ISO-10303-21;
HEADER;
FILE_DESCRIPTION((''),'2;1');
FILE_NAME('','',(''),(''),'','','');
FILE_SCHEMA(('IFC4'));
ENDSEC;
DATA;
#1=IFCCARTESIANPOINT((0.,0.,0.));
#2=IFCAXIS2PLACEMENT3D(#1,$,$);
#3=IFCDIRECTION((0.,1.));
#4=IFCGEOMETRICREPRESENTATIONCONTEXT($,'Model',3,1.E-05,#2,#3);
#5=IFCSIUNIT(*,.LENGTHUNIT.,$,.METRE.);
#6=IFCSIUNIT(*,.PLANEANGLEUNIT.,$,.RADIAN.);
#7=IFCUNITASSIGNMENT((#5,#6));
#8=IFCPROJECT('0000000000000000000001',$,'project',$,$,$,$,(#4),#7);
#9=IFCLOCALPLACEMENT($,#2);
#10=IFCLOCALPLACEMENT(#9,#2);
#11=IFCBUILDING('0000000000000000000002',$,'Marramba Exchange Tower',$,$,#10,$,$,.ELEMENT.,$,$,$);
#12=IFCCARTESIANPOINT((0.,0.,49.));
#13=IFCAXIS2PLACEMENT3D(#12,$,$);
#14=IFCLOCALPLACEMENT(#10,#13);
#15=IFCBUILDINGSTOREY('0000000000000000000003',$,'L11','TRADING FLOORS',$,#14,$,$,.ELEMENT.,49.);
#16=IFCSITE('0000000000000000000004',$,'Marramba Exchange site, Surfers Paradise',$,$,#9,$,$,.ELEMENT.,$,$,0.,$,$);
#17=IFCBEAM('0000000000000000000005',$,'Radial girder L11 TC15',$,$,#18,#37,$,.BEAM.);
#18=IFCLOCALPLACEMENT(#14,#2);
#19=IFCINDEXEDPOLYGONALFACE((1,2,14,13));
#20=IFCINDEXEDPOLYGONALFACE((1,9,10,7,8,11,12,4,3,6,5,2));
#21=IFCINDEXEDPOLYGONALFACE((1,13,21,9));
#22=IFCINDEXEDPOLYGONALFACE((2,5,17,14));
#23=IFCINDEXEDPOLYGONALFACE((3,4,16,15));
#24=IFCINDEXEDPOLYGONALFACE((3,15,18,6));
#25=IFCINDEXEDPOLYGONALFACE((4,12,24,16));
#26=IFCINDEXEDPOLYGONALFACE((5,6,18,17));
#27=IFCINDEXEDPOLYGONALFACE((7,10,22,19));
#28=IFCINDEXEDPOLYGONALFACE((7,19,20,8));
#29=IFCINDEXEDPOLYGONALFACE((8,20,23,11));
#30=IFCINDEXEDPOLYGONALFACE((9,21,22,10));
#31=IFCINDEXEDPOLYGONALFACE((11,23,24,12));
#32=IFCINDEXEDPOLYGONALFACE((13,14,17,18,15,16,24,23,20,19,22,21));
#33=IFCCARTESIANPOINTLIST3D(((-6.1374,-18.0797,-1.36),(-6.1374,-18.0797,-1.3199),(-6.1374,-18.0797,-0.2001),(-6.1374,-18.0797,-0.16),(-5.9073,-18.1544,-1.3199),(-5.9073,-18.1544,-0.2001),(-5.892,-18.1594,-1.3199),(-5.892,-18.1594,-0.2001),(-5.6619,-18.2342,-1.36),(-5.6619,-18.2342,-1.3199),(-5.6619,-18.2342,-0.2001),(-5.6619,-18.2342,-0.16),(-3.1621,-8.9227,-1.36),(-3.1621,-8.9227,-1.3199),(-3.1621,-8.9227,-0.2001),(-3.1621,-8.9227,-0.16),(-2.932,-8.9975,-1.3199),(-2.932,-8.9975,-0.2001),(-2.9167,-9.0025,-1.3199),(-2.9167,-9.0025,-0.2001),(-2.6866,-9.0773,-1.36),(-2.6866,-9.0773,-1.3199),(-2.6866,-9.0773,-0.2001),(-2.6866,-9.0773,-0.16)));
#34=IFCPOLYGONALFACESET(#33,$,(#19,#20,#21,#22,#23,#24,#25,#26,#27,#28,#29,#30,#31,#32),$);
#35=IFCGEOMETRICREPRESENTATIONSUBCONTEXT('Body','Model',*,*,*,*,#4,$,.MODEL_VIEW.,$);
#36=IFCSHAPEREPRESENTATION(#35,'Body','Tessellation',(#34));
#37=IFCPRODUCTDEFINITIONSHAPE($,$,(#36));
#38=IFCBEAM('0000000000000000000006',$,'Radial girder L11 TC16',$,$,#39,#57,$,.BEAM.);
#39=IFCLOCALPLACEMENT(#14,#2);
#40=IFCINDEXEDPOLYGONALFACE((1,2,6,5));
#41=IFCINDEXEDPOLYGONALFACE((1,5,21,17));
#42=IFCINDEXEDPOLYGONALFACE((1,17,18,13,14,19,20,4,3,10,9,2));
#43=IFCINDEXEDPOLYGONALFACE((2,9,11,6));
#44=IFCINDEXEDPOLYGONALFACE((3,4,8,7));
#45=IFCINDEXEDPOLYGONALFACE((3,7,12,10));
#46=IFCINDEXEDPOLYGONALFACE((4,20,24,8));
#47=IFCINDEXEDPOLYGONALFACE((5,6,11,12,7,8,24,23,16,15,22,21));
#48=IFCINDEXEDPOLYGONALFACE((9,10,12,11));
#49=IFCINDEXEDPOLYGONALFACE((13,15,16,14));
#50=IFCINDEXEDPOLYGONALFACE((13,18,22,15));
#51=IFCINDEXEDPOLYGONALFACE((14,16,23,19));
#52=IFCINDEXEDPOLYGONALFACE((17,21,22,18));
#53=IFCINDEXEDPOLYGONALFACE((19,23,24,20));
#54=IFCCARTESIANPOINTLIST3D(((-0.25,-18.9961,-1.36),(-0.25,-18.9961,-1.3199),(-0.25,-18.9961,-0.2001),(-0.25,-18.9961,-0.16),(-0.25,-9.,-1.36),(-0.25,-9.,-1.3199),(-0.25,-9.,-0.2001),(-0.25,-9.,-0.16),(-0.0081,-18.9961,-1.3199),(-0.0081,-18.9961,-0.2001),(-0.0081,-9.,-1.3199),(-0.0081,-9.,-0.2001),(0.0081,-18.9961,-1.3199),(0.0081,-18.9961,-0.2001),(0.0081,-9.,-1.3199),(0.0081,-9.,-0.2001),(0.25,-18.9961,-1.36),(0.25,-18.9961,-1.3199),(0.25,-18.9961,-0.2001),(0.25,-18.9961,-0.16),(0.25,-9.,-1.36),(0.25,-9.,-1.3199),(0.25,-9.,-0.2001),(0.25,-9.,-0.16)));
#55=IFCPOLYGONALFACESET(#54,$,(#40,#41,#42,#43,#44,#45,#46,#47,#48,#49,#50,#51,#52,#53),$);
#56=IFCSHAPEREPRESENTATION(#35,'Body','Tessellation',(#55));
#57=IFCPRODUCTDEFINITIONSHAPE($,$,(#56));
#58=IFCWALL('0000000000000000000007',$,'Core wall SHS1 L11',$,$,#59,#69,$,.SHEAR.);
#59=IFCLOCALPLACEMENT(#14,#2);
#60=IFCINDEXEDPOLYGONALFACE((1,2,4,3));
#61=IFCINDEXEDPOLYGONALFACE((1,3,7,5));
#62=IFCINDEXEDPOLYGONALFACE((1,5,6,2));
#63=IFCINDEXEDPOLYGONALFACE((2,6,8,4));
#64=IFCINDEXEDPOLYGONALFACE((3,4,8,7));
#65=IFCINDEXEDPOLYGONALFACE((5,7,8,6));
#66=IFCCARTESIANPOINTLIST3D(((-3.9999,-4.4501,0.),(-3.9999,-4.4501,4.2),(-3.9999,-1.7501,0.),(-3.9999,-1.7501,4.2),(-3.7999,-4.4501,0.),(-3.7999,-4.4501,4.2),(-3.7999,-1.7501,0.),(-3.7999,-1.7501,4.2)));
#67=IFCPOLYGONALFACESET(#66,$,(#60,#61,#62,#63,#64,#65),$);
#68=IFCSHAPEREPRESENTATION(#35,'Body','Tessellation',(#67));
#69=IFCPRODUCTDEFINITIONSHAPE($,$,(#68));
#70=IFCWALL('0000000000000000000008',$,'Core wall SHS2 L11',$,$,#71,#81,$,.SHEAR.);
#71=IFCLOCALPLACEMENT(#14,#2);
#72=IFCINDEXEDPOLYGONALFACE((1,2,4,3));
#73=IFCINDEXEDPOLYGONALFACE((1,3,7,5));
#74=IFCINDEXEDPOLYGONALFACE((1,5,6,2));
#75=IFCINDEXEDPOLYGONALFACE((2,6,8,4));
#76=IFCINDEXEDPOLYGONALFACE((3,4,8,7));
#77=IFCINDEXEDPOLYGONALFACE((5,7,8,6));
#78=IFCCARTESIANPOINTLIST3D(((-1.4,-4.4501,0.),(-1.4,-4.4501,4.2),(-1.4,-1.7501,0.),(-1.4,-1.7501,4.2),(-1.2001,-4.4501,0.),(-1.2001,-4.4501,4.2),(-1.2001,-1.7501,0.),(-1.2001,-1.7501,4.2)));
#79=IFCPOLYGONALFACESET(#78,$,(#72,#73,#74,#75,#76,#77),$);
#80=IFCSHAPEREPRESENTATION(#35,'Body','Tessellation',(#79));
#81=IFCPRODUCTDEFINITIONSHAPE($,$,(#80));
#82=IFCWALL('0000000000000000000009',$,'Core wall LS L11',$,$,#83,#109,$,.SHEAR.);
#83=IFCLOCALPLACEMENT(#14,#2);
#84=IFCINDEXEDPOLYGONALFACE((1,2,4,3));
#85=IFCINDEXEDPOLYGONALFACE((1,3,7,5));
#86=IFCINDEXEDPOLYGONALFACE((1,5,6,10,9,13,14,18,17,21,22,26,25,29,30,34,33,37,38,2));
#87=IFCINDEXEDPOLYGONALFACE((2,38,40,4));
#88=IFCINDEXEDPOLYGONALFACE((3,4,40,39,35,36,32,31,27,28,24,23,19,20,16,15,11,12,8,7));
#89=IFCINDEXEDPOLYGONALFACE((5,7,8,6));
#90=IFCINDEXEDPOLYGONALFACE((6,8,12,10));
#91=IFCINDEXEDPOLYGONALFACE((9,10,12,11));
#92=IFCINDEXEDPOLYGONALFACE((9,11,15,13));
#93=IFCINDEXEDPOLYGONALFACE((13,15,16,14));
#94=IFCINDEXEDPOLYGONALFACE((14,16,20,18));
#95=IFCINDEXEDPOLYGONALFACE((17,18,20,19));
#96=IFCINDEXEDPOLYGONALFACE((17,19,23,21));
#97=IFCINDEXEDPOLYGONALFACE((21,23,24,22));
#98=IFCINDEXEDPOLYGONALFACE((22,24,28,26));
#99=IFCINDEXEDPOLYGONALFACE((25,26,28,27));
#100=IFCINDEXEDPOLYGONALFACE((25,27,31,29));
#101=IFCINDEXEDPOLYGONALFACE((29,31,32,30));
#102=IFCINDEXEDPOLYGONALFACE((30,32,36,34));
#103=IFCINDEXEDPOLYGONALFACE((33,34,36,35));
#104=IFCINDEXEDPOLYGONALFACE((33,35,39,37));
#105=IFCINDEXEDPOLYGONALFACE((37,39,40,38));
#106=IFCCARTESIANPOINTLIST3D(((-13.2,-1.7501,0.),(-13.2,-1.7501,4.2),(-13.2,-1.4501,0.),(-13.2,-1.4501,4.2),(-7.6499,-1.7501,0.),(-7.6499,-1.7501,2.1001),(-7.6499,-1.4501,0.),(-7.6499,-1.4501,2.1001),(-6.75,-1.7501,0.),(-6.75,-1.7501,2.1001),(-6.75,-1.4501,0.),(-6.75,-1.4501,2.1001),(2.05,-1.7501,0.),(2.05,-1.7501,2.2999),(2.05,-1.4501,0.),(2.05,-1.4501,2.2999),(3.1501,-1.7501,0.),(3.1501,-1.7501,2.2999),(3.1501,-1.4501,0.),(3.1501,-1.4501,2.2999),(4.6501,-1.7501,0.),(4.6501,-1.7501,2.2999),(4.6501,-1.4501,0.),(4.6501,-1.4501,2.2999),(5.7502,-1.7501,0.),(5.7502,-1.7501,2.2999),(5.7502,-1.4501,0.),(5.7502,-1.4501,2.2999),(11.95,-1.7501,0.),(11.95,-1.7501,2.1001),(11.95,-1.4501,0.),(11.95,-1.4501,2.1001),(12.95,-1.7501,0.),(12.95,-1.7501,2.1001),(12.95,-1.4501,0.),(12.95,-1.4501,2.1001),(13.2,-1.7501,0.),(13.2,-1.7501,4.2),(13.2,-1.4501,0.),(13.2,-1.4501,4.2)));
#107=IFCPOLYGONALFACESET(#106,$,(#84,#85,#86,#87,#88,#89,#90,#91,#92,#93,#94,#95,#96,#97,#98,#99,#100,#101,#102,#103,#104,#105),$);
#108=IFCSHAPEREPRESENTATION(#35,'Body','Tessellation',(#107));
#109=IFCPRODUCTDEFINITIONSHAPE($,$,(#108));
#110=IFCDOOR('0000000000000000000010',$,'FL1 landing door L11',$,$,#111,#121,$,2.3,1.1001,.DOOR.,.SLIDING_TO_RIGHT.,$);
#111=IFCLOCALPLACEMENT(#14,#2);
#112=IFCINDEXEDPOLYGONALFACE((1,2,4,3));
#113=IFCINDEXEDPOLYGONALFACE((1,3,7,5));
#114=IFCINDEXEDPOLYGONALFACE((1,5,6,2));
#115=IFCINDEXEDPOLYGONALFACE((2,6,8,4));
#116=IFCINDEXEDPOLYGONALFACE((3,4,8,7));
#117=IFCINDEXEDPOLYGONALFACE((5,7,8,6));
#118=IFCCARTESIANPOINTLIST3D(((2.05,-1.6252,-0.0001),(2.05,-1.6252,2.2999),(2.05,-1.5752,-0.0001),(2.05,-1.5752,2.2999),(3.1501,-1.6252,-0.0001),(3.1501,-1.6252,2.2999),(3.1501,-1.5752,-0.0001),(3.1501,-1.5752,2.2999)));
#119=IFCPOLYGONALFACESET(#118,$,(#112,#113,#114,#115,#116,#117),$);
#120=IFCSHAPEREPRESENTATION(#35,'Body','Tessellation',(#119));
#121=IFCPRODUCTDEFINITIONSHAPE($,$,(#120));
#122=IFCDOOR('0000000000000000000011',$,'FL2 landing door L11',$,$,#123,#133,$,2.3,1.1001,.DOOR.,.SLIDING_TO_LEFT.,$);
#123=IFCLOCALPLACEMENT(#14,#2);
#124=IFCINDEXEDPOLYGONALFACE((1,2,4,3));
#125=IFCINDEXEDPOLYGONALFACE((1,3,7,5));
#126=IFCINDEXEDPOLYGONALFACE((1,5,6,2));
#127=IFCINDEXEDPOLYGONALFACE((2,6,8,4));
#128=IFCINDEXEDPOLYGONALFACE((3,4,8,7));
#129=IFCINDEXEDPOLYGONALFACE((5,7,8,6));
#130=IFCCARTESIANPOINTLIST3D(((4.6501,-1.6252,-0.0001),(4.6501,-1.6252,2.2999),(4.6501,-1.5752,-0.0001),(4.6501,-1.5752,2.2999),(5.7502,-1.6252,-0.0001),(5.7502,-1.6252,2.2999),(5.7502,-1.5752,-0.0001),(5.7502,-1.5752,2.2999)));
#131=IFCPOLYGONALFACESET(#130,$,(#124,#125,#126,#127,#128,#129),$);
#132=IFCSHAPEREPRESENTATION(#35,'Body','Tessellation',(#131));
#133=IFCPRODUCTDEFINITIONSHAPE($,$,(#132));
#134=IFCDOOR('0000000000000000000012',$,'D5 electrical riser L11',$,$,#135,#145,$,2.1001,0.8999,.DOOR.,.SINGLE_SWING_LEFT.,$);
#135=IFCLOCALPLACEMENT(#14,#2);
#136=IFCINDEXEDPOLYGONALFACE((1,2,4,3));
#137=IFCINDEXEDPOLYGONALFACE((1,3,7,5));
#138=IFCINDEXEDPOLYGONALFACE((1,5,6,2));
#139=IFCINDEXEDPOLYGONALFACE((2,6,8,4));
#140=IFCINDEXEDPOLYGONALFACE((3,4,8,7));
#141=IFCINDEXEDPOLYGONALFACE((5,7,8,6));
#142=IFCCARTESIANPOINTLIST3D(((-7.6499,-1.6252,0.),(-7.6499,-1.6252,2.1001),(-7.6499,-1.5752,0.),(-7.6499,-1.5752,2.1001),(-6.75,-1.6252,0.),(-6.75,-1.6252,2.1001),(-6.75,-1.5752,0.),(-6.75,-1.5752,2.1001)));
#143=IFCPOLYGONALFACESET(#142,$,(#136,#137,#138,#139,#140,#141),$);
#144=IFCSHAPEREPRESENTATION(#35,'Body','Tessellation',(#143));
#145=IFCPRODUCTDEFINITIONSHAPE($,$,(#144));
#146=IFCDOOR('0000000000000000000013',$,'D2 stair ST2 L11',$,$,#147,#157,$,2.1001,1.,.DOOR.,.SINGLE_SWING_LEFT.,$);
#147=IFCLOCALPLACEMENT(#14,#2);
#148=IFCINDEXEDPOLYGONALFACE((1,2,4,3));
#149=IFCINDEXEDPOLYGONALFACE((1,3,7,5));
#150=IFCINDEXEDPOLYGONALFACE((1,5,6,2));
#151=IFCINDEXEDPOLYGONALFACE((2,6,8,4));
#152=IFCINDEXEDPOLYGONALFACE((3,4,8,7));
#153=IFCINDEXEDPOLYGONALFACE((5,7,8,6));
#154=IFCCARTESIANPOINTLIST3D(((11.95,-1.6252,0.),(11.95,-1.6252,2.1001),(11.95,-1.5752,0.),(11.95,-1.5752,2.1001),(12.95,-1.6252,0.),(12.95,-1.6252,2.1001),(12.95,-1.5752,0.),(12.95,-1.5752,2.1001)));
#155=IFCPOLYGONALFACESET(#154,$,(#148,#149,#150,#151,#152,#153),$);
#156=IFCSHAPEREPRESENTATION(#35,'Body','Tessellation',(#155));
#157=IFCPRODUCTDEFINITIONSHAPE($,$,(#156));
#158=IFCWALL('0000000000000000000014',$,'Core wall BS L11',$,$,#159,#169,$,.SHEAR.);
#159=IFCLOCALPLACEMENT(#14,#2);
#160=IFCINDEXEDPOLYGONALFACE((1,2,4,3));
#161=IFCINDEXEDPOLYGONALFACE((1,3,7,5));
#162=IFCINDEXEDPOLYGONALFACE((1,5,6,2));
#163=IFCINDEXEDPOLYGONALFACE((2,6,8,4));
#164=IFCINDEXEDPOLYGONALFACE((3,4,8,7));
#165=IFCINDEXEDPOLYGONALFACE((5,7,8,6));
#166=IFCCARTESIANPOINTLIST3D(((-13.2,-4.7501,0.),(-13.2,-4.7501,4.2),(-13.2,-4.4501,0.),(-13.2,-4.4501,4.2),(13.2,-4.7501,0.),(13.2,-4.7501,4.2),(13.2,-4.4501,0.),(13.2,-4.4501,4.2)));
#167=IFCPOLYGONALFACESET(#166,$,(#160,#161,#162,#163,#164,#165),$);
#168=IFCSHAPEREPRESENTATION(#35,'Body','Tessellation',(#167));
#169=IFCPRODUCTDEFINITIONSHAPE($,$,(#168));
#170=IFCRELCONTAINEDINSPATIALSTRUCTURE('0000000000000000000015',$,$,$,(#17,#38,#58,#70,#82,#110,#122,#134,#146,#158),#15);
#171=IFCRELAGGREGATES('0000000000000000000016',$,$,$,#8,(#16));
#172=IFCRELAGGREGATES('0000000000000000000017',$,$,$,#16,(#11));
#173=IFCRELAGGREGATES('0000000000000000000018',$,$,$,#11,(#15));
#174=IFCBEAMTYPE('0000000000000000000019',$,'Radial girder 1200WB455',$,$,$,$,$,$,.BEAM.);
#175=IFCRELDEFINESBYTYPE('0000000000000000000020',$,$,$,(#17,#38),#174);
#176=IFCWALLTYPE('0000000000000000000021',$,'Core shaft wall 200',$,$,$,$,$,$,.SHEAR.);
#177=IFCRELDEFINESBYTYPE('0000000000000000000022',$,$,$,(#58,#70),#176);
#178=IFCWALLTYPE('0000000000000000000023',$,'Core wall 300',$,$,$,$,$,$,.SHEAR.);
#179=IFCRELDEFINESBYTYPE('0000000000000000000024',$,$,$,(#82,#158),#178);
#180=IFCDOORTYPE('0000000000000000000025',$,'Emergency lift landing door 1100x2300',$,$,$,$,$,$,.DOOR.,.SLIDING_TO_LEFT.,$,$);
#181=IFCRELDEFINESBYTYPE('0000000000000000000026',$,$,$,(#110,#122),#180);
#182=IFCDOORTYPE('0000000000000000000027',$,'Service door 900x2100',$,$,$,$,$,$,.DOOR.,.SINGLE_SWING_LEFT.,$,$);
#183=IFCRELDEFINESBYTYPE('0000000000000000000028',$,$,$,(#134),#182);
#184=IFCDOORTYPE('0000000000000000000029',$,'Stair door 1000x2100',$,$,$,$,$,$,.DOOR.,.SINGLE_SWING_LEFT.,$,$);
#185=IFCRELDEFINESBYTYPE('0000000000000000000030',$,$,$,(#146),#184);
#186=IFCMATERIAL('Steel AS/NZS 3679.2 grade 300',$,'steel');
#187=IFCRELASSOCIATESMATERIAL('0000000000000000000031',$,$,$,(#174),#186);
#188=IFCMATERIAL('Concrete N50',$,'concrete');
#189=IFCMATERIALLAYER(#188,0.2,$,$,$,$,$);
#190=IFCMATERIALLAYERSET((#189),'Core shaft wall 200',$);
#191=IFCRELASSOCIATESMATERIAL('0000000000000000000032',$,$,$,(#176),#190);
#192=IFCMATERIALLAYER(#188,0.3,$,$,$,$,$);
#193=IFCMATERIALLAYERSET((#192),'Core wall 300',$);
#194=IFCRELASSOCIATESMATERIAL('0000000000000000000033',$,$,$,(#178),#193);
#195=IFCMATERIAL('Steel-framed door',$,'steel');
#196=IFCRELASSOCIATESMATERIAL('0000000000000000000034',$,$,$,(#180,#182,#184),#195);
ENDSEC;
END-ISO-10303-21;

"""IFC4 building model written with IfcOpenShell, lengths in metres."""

from ifc_helpers import new_model, si_unit, direction, frame, frame_2d, origin, origin_2d, place, context, subcontext, project, spatial, rectangle, i_section, extrude, material, layer, layer_set, material_profile, profile_set, type_object, element, fill, save


model = new_model("IFC4")

# Units and contexts
model_context = context("Model", 3, precision=1e-05, world=origin(), true_north=direction((0.0, 1.0)))
body_context = subcontext(model_context, "Body", "Model", "MODEL_VIEW")
ifc_project = project(units=[si_unit("LENGTHUNIT", "METRE"), si_unit("PLANEANGLEUNIT", "RADIAN")], contexts=[model_context])

# Site, building, storey
site_placement = place(None, origin())
site = spatial("IfcSite", under=ifc_project, at=site_placement, Name="Marramba Exchange site, Surfers Paradise", CompositionType="ELEMENT", RefElevation=0.0)
building_placement = place(site_placement, origin())
building = spatial("IfcBuilding", under=site, at=building_placement, Name="Marramba Exchange Tower", CompositionType="ELEMENT")
storey_placement = place(building_placement, frame((0.0, 0.0, 49.0)))
storey = spatial("IfcBuildingStorey", under=building, at=storey_placement, Name="L11", Description="TRADING FLOORS", CompositionType="ELEMENT", Elevation=49.0)

# Beams
ifc_material_1 = material(Name="Steel AS/NZS 3679.2 grade 300", Category="steel")
ifc_material_profile = material_profile(ifc_material_1, i_section(OverallWidth=0.5, OverallDepth=1.2, WebThickness=0.0161, FlangeThickness=0.04, at=origin_2d()), Name="1200WB455")
ifc_profile_set = profile_set([ifc_material_profile], Name="Steel AS/NZS 3679.2 grade 300")
beam_type = type_object("IfcBeamType", Name="Radial girder 1200WB455", PredefinedType="BEAM", material=ifc_profile_set)
beam_1_placement = place(storey_placement, frame((-2.9243, -9.0, -0.76), z_axis=(-0.309022, -0.951055, 0.0), x_axis=(0.951055, -0.309022, 0.0)))
element("IfcBeam", 1, at=beam_1_placement, inside=storey, type_object=beam_type, Name="Radial girder L11 TC15", PredefinedType="BEAM", context=body_context, shape_type="SweptSolid", body=[
    extrude(i_section(OverallWidth=0.5, OverallDepth=1.2, WebThickness=0.0161, FlangeThickness=0.04, at=origin_2d()), origin(), (0.0, 0.0, 1.0), 9.6282),
])
beam_2_placement = place(storey_placement, frame((0.0, -9.0, -0.76), z_axis=(0.0, -1.0, 0.0), x_axis=(1.0, 0.0, 0.0)))
element("IfcBeam", 2, at=beam_2_placement, inside=storey, type_object=beam_type, Name="Radial girder L11 TC16", PredefinedType="BEAM", context=body_context, shape_type="SweptSolid", body=[
    extrude(i_section(OverallWidth=0.5, OverallDepth=1.2, WebThickness=0.0161, FlangeThickness=0.04, at=origin_2d()), origin(), (0.0, 0.0, 1.0), 9.9961),
])

# Walls
ifc_material_2 = material(Name="Concrete N50", Category="concrete")
ifc_layer_1 = layer(ifc_material_2, 0.2)
ifc_layer_set_1 = layer_set([ifc_layer_1], Name="Core shaft wall 200")
wall_type_1 = type_object("IfcWallType", Name="Core shaft wall 200", PredefinedType="SHEAR", material=ifc_layer_set_1)
for number, where, z_axis, x_axis, name in (
    (3, (-3.8999, -1.75, 0.0), (0.0, 0.0, 1.0), (0.0, -1.0, 0.0), "Core wall SHS1 L11"),
    (4, (-1.3, -1.75, 0.0), (0.0, 0.0, 1.0), (0.0, -1.0, 0.0), "Core wall SHS2 L11"),
):
    element("IfcWall", number, at=place(storey_placement, frame(where, z_axis=z_axis, x_axis=x_axis)), inside=storey, type_object=wall_type_1, Name=name, PredefinedType="SHEAR", context=body_context, shape_type="SweptSolid", body=[
        extrude(rectangle(XDim=2.7, YDim=0.2, at=frame_2d((1.3501, 0.0))), origin(), (0.0, 0.0, 1.0), 4.2),
    ])

# Wall, openings, doors
ifc_layer_2 = layer(ifc_material_2, 0.3)
ifc_layer_set_2 = layer_set([ifc_layer_2], Name="Core wall 300")
wall_type_2 = type_object("IfcWallType", Name="Core wall 300", PredefinedType="SHEAR", material=ifc_layer_set_2)
wall_1_placement = place(storey_placement, frame((-13.2, -1.6001, 0.0), z_axis=(0.0, 0.0, 1.0), x_axis=(1.0, 0.0, 0.0)))
wall_1 = element("IfcWall", 5, at=wall_1_placement, inside=storey, type_object=wall_type_2, Name="Core wall LS L11", PredefinedType="SHEAR", context=body_context, shape_type="SweptSolid", body=[
    extrude(rectangle(XDim=26.3999, YDim=0.3, at=frame_2d((13.2, 0.0))), origin(), (0.0, 0.0, 1.0), 4.2),
])
opening_1_placement = place(wall_1_placement, frame((25.1499, 0.0, 0.0)))
opening_1 = element("IfcOpeningElement", 6, at=opening_1_placement, cuts=wall_1, PredefinedType="OPENING", context=body_context, shape_type="SweptSolid", body=[
    extrude(rectangle(XDim=1.0, YDim=2.1001, at=frame_2d((0.5, 1.05))), frame((0.0, 0.1599, 0.0), z_axis=(0.0, -1.0, 0.0), x_axis=(1.0, 0.0, 0.0)), (0.0, 0.0, 1.0), 0.3201),
])
opening_2_placement = place(wall_1_placement, frame((15.25, 0.0, 0.0)))
opening_2 = element("IfcOpeningElement", 7, at=opening_2_placement, cuts=wall_1, PredefinedType="OPENING", context=body_context, shape_type="SweptSolid", body=[
    extrude(rectangle(XDim=1.1001, YDim=2.3, at=frame_2d((0.55, 1.1499))), frame((0.0, 0.1599, 0.0), z_axis=(0.0, -1.0, 0.0), x_axis=(1.0, 0.0, 0.0)), (0.0, 0.0, 1.0), 0.3201),
])
opening_3_placement = place(wall_1_placement, frame((17.8501, 0.0, 0.0)))
opening_3 = element("IfcOpeningElement", 8, at=opening_3_placement, cuts=wall_1, PredefinedType="OPENING", context=body_context, shape_type="SweptSolid", body=[
    extrude(rectangle(XDim=1.1001, YDim=2.3, at=frame_2d((0.55, 1.1499))), frame((0.0, 0.1599, 0.0), z_axis=(0.0, -1.0, 0.0), x_axis=(1.0, 0.0, 0.0)), (0.0, 0.0, 1.0), 0.3201),
])
opening_4_placement = place(wall_1_placement, frame((5.55, 0.0, 0.0)))
opening_4 = element("IfcOpeningElement", 9, at=opening_4_placement, cuts=wall_1, PredefinedType="OPENING", context=body_context, shape_type="SweptSolid", body=[
    extrude(rectangle(XDim=0.8999, YDim=2.1001, at=frame_2d((0.45, 1.05))), frame((0.0, 0.1599, 0.0), z_axis=(0.0, -1.0, 0.0), x_axis=(1.0, 0.0, 0.0)), (0.0, 0.0, 1.0), 0.3201),
])
ifc_material_3 = material(Name="Steel-framed door", Category="steel")
door_type_1 = type_object("IfcDoorType", Name="Emergency lift landing door 1100x2300", OperationType="SLIDING_TO_LEFT", PredefinedType="DOOR", material=ifc_material_3)
door_1_placement = place(opening_2_placement, frame((1.1001, 0.0, 0.0), z_axis=(0.0, 0.0, 1.0), x_axis=(-1.0, 0.0, 0.0)))
door_1 = element("IfcDoor", 10, at=door_1_placement, inside=storey, type_object=door_type_1, Name="FL1 landing door L11", OperationType="SLIDING_TO_RIGHT", OverallHeight=2.3, OverallWidth=1.1001, PredefinedType="DOOR", context=body_context, shape_type="SweptSolid", body=[
    extrude(rectangle(XDim=1.1001, YDim=2.3, at=frame_2d((0.55, 1.1499))), frame((0.0, 0.0251, 0.0), z_axis=(0.0, -1.0, 0.0), x_axis=(1.0, 0.0, 0.0)), (0.0, 0.0, 1.0), 0.05),
])
fill(opening_2, door_1)
door_2_placement = place(opening_3_placement, frame((1.1001, 0.0, 0.0), z_axis=(0.0, 0.0, 1.0), x_axis=(-1.0, 0.0, 0.0)))
door_2 = element("IfcDoor", 11, at=door_2_placement, inside=storey, type_object=door_type_1, Name="FL2 landing door L11", OperationType="SLIDING_TO_LEFT", OverallHeight=2.3, OverallWidth=1.1001, PredefinedType="DOOR", context=body_context, shape_type="SweptSolid", body=[
    extrude(rectangle(XDim=1.1001, YDim=2.3, at=frame_2d((0.55, 1.1499))), frame((0.0, 0.0251, 0.0), z_axis=(0.0, -1.0, 0.0), x_axis=(1.0, 0.0, 0.0)), (0.0, 0.0, 1.0), 0.05),
])
fill(opening_3, door_2)
door_type_2 = type_object("IfcDoorType", Name="Service door 900x2100", OperationType="SINGLE_SWING_LEFT", PredefinedType="DOOR", material=ifc_material_3)
door_3_placement = place(opening_4_placement, frame((0.8999, 0.0, 0.0), z_axis=(0.0, 0.0, 1.0), x_axis=(-1.0, 0.0, 0.0)))
door_3 = element("IfcDoor", 12, at=door_3_placement, inside=storey, type_object=door_type_2, Name="D5 electrical riser L11", OperationType="SINGLE_SWING_LEFT", OverallHeight=2.1001, OverallWidth=0.8999, PredefinedType="DOOR", context=body_context, shape_type="SweptSolid", body=[
    extrude(rectangle(XDim=0.8999, YDim=2.1001, at=frame_2d((0.45, 1.05))), frame((0.0, 0.0251, 0.0), z_axis=(0.0, -1.0, 0.0), x_axis=(1.0, 0.0, 0.0)), (0.0, 0.0, 1.0), 0.05),
])
fill(opening_4, door_3)
door_type_3 = type_object("IfcDoorType", Name="Stair door 1000x2100", OperationType="SINGLE_SWING_LEFT", PredefinedType="DOOR", material=ifc_material_3)
door_4_placement = place(opening_1_placement, frame((1.0, 0.0, 0.0), z_axis=(0.0, 0.0, 1.0), x_axis=(-1.0, 0.0, 0.0)))
door_4 = element("IfcDoor", 13, at=door_4_placement, inside=storey, type_object=door_type_3, Name="D2 stair ST2 L11", OperationType="SINGLE_SWING_LEFT", OverallHeight=2.1001, OverallWidth=1.0, PredefinedType="DOOR", context=body_context, shape_type="SweptSolid", body=[
    extrude(rectangle(XDim=1.0, YDim=2.1001, at=frame_2d((0.5, 1.05))), frame((0.0, 0.0251, 0.0), z_axis=(0.0, -1.0, 0.0), x_axis=(1.0, 0.0, 0.0)), (0.0, 0.0, 1.0), 0.05),
])
fill(opening_1, door_4)

# Wall
wall_2_placement = place(storey_placement, frame((-13.2, -4.6001, 0.0), z_axis=(0.0, 0.0, 1.0), x_axis=(1.0, 0.0, 0.0)))
element("IfcWall", 14, at=wall_2_placement, inside=storey, type_object=wall_type_2, Name="Core wall BS L11", PredefinedType="SHEAR", context=body_context, shape_type="SweptSolid", body=[
    extrude(rectangle(XDim=26.3999, YDim=0.3, at=frame_2d((13.2, 0.0))), origin(), (0.0, 0.0, 1.0), 4.2),
])

save(model, "model.ifc")
